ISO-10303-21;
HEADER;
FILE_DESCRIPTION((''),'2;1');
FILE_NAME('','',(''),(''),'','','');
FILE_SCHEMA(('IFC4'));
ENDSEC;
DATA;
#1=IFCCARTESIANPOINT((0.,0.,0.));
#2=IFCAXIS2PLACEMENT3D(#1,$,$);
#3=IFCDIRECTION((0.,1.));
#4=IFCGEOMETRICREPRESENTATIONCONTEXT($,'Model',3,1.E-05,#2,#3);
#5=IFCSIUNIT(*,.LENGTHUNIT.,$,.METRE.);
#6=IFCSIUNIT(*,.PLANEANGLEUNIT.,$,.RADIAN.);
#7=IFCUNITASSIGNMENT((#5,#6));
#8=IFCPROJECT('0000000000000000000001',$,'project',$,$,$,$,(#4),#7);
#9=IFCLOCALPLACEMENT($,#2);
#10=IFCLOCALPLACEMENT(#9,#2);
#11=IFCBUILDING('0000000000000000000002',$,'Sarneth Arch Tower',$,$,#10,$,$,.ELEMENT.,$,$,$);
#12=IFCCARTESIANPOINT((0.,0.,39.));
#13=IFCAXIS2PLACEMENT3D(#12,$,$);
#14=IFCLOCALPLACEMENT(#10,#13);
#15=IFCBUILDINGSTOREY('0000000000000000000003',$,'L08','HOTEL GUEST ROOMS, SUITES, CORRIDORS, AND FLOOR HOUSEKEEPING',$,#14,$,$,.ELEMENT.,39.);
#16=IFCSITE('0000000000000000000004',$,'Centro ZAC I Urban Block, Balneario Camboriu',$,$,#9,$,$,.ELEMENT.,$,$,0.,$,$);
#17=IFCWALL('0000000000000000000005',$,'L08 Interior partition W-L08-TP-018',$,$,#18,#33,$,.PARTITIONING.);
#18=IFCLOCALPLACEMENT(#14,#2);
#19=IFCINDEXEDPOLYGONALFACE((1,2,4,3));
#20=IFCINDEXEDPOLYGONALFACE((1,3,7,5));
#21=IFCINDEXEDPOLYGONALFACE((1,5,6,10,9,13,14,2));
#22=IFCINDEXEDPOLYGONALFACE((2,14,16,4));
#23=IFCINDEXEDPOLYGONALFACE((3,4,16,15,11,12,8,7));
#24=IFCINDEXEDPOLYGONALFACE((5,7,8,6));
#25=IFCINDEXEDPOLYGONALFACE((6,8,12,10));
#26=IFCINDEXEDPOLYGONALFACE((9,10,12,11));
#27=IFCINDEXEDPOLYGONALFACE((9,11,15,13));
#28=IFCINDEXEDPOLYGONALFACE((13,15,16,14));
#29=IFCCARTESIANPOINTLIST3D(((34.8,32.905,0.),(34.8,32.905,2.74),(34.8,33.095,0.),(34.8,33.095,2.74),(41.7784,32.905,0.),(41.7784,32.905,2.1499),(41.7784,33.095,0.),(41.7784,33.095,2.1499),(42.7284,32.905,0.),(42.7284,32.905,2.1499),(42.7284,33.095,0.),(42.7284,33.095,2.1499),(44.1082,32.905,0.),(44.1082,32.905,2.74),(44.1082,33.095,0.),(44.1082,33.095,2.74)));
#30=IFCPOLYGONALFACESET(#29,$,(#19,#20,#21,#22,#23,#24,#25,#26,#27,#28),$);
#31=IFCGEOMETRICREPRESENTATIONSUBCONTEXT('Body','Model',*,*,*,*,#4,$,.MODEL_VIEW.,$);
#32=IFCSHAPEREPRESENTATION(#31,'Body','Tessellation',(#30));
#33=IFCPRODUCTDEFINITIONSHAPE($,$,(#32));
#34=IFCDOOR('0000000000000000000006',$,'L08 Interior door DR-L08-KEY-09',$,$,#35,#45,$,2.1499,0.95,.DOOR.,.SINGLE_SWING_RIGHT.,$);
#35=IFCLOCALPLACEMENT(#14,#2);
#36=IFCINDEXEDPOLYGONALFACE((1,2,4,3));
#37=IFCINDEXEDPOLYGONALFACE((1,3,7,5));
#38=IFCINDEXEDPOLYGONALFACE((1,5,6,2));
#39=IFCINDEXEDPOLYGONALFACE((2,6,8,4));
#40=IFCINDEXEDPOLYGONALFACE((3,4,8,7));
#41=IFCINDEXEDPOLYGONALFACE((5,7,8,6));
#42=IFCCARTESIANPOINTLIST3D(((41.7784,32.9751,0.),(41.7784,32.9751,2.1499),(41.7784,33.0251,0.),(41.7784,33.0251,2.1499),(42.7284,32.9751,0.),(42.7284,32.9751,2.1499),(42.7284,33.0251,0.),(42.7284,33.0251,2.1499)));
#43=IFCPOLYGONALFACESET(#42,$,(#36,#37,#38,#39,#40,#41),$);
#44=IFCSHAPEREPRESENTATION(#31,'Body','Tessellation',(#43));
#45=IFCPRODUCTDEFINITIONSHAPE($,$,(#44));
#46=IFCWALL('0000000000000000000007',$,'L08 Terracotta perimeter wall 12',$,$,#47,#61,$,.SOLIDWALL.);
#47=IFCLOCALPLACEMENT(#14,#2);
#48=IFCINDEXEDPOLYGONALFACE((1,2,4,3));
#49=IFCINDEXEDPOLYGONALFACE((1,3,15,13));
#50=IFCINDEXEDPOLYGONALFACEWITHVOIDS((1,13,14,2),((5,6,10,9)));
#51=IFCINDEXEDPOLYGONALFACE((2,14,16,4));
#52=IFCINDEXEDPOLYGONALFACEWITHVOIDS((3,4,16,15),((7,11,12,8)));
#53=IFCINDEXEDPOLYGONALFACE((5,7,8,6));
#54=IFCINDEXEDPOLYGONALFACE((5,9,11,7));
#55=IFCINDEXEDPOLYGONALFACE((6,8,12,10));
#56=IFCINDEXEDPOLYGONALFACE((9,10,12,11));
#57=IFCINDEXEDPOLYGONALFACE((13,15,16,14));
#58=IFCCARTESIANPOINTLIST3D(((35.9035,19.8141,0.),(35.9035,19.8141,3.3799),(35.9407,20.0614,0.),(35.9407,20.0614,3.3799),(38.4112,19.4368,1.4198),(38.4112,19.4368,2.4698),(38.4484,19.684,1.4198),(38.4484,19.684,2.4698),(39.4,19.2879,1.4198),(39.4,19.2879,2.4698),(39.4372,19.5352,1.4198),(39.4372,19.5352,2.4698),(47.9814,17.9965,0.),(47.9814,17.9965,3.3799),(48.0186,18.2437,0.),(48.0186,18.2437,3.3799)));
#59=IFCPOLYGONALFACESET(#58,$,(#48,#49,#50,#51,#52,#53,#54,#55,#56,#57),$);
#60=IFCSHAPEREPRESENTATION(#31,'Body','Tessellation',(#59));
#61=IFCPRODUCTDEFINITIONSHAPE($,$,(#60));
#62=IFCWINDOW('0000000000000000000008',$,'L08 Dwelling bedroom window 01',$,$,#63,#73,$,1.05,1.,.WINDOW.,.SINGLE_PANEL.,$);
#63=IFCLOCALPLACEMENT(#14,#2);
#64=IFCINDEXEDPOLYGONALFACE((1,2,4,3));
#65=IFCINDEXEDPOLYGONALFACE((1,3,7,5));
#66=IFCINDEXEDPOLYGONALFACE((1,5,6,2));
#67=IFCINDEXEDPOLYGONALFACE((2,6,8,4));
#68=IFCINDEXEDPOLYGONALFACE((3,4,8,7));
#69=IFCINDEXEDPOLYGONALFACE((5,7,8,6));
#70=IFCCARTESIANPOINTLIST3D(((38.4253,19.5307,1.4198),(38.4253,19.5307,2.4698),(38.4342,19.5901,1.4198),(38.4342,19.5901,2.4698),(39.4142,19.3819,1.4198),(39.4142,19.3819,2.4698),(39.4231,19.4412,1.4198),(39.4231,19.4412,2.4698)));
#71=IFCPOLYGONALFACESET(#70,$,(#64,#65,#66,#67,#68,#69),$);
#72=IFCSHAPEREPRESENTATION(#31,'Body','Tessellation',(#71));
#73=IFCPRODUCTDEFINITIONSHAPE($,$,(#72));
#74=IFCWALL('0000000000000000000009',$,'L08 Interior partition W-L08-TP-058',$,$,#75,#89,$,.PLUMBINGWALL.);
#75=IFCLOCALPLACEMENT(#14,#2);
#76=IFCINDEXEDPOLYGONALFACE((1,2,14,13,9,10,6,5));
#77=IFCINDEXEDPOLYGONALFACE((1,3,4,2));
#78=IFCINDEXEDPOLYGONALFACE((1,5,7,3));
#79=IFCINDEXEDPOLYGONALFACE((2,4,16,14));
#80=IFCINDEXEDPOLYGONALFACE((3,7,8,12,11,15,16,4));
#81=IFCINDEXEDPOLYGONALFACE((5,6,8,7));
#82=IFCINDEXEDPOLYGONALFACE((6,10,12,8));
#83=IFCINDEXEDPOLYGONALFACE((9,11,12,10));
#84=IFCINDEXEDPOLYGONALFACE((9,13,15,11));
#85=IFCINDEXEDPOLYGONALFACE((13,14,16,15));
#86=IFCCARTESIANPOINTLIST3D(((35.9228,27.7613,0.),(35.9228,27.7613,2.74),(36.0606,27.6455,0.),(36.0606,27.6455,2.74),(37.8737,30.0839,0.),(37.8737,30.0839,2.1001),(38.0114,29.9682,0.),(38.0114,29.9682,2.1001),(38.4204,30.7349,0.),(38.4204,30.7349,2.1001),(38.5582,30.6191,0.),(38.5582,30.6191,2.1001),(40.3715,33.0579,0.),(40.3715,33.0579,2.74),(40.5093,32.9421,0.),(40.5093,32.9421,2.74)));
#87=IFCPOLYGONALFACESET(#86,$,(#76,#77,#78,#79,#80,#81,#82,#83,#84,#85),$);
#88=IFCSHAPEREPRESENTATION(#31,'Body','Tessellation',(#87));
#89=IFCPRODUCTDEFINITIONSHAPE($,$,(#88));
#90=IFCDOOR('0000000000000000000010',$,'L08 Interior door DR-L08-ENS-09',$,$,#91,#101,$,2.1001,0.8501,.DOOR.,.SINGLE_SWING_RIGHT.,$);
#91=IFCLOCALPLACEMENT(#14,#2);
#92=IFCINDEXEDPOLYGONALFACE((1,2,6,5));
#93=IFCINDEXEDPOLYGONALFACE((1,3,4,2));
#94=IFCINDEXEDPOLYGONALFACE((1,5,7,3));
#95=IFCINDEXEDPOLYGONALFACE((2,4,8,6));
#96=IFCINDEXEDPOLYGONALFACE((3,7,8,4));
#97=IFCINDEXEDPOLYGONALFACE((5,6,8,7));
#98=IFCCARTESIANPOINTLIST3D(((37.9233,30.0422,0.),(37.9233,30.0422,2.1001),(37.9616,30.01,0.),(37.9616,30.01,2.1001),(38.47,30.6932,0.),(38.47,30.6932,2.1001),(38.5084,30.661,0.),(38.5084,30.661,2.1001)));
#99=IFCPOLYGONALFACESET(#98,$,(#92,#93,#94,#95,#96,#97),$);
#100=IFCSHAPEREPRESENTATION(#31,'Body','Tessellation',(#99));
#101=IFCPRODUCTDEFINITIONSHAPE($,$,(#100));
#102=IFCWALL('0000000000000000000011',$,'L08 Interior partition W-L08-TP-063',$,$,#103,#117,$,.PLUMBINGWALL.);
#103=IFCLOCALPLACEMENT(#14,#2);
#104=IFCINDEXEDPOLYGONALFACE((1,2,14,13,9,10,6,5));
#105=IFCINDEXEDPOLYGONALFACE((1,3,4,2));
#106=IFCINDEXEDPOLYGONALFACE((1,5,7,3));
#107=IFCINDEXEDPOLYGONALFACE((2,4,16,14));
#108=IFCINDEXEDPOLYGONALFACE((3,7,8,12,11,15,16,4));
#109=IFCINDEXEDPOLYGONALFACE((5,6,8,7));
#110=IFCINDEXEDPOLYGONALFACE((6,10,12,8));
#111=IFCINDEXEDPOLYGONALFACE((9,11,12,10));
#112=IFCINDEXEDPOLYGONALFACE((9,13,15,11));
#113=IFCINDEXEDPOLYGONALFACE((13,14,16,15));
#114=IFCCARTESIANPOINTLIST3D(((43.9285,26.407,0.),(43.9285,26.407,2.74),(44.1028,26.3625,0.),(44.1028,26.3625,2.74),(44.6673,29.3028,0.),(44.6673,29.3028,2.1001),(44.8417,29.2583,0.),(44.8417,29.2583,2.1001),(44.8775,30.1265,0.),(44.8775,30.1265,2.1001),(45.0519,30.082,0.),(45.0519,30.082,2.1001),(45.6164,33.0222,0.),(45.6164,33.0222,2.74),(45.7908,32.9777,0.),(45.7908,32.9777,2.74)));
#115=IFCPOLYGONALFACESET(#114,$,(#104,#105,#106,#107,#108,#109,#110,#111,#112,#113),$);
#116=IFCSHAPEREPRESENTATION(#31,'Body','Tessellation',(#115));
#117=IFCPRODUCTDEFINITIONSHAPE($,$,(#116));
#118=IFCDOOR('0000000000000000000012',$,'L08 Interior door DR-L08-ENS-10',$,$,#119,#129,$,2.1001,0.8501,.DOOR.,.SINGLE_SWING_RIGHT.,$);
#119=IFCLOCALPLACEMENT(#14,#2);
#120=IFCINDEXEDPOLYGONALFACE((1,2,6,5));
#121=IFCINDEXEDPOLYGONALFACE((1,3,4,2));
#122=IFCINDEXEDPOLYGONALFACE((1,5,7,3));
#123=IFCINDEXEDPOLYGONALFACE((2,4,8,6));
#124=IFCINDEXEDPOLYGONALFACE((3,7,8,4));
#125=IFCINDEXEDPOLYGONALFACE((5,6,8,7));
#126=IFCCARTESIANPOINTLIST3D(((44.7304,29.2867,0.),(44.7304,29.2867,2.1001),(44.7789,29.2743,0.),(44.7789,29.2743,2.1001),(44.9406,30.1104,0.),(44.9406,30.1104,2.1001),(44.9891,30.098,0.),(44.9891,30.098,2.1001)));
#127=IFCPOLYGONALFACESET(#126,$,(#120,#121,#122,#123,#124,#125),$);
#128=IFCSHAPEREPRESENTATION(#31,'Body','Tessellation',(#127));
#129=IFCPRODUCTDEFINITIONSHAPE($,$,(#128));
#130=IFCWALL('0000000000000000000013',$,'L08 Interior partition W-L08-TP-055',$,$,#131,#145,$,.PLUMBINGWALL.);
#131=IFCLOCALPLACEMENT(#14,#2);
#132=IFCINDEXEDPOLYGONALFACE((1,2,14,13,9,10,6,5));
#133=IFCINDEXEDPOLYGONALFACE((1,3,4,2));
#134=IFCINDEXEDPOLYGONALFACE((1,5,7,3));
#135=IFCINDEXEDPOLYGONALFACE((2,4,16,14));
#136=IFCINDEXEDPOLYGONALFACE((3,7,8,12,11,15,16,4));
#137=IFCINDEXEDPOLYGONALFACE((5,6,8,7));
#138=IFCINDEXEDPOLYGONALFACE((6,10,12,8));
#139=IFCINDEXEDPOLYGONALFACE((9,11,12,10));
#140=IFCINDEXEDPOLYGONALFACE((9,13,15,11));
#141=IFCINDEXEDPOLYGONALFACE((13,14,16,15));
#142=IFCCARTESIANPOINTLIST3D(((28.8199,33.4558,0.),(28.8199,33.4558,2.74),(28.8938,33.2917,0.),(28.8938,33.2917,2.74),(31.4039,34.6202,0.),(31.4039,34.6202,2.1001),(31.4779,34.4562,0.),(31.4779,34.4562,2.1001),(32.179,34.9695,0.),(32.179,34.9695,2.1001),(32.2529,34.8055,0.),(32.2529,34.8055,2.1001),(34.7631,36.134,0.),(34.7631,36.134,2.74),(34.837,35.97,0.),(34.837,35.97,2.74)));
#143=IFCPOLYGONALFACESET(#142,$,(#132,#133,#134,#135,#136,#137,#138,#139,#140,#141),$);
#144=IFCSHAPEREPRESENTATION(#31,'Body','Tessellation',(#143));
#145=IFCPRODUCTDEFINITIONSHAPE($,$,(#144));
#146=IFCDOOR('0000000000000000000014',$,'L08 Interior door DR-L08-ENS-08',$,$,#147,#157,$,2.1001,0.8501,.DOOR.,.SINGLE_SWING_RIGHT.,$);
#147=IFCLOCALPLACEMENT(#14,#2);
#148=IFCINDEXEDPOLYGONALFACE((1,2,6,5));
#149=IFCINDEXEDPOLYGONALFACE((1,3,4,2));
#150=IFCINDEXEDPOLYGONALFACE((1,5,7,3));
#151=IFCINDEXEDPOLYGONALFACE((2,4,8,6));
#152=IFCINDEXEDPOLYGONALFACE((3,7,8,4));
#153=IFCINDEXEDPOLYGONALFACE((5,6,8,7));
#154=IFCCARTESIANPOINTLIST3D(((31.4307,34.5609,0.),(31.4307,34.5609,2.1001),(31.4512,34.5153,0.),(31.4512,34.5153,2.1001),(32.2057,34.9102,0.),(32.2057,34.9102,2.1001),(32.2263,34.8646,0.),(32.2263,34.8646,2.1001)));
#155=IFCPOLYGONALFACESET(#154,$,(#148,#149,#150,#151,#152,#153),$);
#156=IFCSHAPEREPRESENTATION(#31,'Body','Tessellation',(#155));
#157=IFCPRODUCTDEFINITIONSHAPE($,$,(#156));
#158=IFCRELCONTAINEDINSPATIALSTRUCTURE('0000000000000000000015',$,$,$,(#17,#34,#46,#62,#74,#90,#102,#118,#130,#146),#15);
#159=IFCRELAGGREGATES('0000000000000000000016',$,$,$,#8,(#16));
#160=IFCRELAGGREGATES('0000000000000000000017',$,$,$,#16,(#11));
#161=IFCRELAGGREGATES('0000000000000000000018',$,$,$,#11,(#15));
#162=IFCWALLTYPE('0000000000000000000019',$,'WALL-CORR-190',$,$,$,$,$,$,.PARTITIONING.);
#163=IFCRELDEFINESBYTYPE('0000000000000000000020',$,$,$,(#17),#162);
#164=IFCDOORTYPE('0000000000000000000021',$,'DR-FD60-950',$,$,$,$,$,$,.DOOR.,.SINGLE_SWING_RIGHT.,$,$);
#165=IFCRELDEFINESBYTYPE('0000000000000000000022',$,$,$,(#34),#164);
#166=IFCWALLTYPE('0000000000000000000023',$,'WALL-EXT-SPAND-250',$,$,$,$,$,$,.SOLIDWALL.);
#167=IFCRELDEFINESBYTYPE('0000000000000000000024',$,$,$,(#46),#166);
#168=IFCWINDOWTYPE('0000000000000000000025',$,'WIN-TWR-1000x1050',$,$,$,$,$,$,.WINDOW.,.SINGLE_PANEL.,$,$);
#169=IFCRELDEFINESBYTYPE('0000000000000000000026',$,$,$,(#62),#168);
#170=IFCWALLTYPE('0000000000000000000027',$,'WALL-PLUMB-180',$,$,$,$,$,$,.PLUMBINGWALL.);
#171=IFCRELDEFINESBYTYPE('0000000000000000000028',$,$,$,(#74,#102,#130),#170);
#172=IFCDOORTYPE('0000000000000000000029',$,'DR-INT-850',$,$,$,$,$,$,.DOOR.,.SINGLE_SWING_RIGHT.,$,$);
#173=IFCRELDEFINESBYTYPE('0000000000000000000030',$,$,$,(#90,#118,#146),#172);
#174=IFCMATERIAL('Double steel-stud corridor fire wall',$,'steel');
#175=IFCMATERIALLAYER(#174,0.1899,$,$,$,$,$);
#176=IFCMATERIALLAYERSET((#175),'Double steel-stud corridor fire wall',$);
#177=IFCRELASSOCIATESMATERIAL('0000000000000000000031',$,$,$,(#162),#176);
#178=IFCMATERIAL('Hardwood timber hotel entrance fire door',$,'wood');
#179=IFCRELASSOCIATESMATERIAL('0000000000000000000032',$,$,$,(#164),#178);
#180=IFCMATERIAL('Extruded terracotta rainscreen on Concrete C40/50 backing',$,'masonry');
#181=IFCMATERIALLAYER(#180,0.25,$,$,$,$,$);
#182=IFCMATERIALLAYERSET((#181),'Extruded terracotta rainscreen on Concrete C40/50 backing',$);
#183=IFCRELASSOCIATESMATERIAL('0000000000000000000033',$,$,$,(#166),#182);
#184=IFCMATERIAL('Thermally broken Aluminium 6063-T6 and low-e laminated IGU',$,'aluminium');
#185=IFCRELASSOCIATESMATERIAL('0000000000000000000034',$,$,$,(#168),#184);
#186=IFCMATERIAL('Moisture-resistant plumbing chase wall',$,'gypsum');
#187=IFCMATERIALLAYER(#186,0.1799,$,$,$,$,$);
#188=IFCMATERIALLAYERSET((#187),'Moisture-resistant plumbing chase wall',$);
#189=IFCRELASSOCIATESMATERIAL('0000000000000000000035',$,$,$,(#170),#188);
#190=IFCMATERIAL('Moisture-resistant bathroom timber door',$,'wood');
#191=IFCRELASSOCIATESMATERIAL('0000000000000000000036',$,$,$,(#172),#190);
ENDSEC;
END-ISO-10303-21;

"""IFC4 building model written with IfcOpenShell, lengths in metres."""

from ifc_helpers import new_model, si_unit, direction, frame, frame_2d, origin, place, context, subcontext, project, spatial, rectangle, extrude, material, layer, layer_set, type_object, element, fill, save


model = new_model("IFC4")

# Units and contexts
model_context = context("Model", 3, precision=1e-05, world=origin(), true_north=direction((0.0, 1.0)))
body_context = subcontext(model_context, "Body", "Model", "MODEL_VIEW")
ifc_project = project(units=[si_unit("LENGTHUNIT", "METRE"), si_unit("PLANEANGLEUNIT", "RADIAN")], contexts=[model_context])

# Site, building, storey
site_placement = place(None, origin())
site = spatial("IfcSite", under=ifc_project, at=site_placement, Name="Centro ZAC I Urban Block, Balneario Camboriu", CompositionType="ELEMENT", RefElevation=0.0)
building_placement = place(site_placement, origin())
building = spatial("IfcBuilding", under=site, at=building_placement, Name="Sarneth Arch Tower", CompositionType="ELEMENT")
storey_placement = place(building_placement, frame((0.0, 0.0, 39.0)))
storey = spatial("IfcBuildingStorey", under=building, at=storey_placement, Name="L08", Description="HOTEL GUEST ROOMS, SUITES, CORRIDORS, AND FLOOR HOUSEKEEPING", CompositionType="ELEMENT", Elevation=39.0)

# Wall, opening, door
ifc_material_1 = material(Name="Double steel-stud corridor fire wall", Category="steel")
ifc_layer_1 = layer(ifc_material_1, 0.1899)
ifc_layer_set_1 = layer_set([ifc_layer_1], Name="Double steel-stud corridor fire wall")
wall_type_1 = type_object("IfcWallType", Name="WALL-CORR-190", PredefinedType="PARTITIONING", material=ifc_layer_set_1)
wall_1_placement = place(storey_placement, frame((44.1082, 33.0, 0.0), z_axis=(0.0, 0.0, 1.0), x_axis=(-1.0, 0.0, 0.0)))
wall_1 = element("IfcWall", 1, at=wall_1_placement, inside=storey, type_object=wall_type_1, Name="L08 Interior partition W-L08-TP-018", PredefinedType="PARTITIONING", context=body_context, shape_type="SweptSolid", body=[
    extrude(rectangle(XDim=9.3081, YDim=0.1899, at=frame_2d((4.6541, 0.0))), origin(), (0.0, 0.0, 1.0), 2.74),
])
opening_1_placement = place(wall_1_placement, frame((1.3796, 0.0, 0.0)))
opening_1 = element("IfcOpeningElement", 2, at=opening_1_placement, cuts=wall_1, PredefinedType="OPENING", context=body_context, shape_type="SweptSolid", body=[
    extrude(rectangle(XDim=0.95, YDim=2.1499, at=frame_2d((0.4751, 1.075))), frame((0.0, 0.105, 0.0), z_axis=(0.0, -1.0, 0.0), x_axis=(1.0, 0.0, 0.0)), (0.0, 0.0, 1.0), 0.21),
])
ifc_material_2 = material(Name="Hardwood timber hotel entrance fire door", Category="wood")
door_type_1 = type_object("IfcDoorType", Name="DR-FD60-950", OperationType="SINGLE_SWING_RIGHT", PredefinedType="DOOR", material=ifc_material_2)
door_1_placement = place(opening_1_placement, origin())
door_1 = element("IfcDoor", 3, at=door_1_placement, inside=storey, type_object=door_type_1, Name="L08 Interior door DR-L08-KEY-09", OperationType="SINGLE_SWING_RIGHT", OverallHeight=2.1499, OverallWidth=0.95, PredefinedType="DOOR", context=body_context, shape_type="SweptSolid", body=[
    extrude(rectangle(XDim=0.95, YDim=2.1499, at=frame_2d((0.4751, 1.075))), frame((0.0, 0.0249, 0.0), z_axis=(0.0, -1.0, 0.0), x_axis=(1.0, 0.0, 0.0)), (0.0, 0.0, 1.0), 0.05),
])
fill(opening_1, door_1)

# Wall, opening, window
ifc_material_3 = material(Name="Extruded terracotta rainscreen on Concrete C40/50 backing", Category="masonry")
ifc_layer_2 = layer(ifc_material_3, 0.25)
ifc_layer_set_2 = layer_set([ifc_layer_2], Name="Extruded terracotta rainscreen on Concrete C40/50 backing")
wall_type_2 = type_object("IfcWallType", Name="WALL-EXT-SPAND-250", PredefinedType="SOLIDWALL", material=ifc_layer_set_2)
wall_2_placement = place(storey_placement, frame((35.9221, 19.9377, 0.0), z_axis=(0.0, 0.0, 1.0), x_axis=(0.988865, -0.148816, 0.0)))
wall_2 = element("IfcWall", 4, at=wall_2_placement, inside=storey, type_object=wall_type_2, Name="L08 Terracotta perimeter wall 12", PredefinedType="SOLIDWALL", context=body_context, shape_type="SweptSolid", body=[
    extrude(rectangle(XDim=12.2139, YDim=0.25, at=frame_2d((6.1069, 0.0))), origin(), (0.0, 0.0, 1.0), 3.3799),
])
opening_2_placement = place(wall_2_placement, frame((2.5359, 0.0, 1.4199)))
opening_2 = element("IfcOpeningElement", 5, at=opening_2_placement, cuts=wall_2, PredefinedType="OPENING", context=body_context, shape_type="SweptSolid", body=[
    extrude(rectangle(XDim=1.0, YDim=1.05, at=frame_2d((0.5, 0.5249))), frame((0.0, 0.135, 0.0), z_axis=(0.0, -1.0, 0.0), x_axis=(1.0, 0.0, 0.0)), (0.0, 0.0, 1.0), 0.27),
])
ifc_material_4 = material(Name="Thermally broken Aluminium 6063-T6 and low-e laminated IGU", Category="aluminium")
window_type = type_object("IfcWindowType", Name="WIN-TWR-1000x1050", PartitioningType="SINGLE_PANEL", PredefinedType="WINDOW", material=ifc_material_4)
window_placement = place(opening_2_placement, origin())
window = element("IfcWindow", 6, at=window_placement, inside=storey, type_object=window_type, Name="L08 Dwelling bedroom window 01", OverallHeight=1.05, OverallWidth=1.0, PartitioningType="SINGLE_PANEL", PredefinedType="WINDOW", context=body_context, shape_type="SweptSolid", body=[
    extrude(rectangle(XDim=1.0, YDim=1.05, at=frame_2d((0.5, 0.5249))), frame((0.0, 0.03, 0.0), z_axis=(0.0, -1.0, 0.0), x_axis=(1.0, 0.0, 0.0)), (0.0, 0.0, 1.0), 0.0601),
])
fill(opening_2, window)

# Walls, openings, doors
ifc_material_5 = material(Name="Moisture-resistant plumbing chase wall", Category="gypsum")
ifc_layer_3 = layer(ifc_material_5, 0.1799)
ifc_layer_set_3 = layer_set([ifc_layer_3], Name="Moisture-resistant plumbing chase wall")
wall_type_3 = type_object("IfcWallType", Name="WALL-PLUMB-180", PredefinedType="PLUMBINGWALL", material=ifc_layer_set_3)
wall_3_placement = place(storey_placement, frame((40.4404, 33.0, 0.0), z_axis=(0.0, 0.0, 1.0), x_axis=(-0.643155, -0.765736, 0.0)))
wall_3 = element("IfcWall", 7, at=wall_3_placement, inside=storey, type_object=wall_type_3, Name="L08 Interior partition W-L08-TP-058", PredefinedType="PLUMBINGWALL", context=body_context, shape_type="SweptSolid", body=[
    extrude(rectangle(XDim=6.917, YDim=0.1799, at=frame_2d((3.4585, 0.0))), origin(), (0.0, 0.0, 1.0), 2.74),
])
opening_3_placement = place(wall_3_placement, frame((3.0337, 0.0, 0.0)))
opening_3 = element("IfcOpeningElement", 8, at=opening_3_placement, cuts=wall_3, PredefinedType="OPENING", context=body_context, shape_type="SweptSolid", body=[
    extrude(rectangle(XDim=0.8501, YDim=2.1001, at=frame_2d((0.425, 1.05))), frame((0.0, 0.0999, 0.0), z_axis=(0.0, -1.0, 0.0), x_axis=(1.0, 0.0, 0.0)), (0.0, 0.0, 1.0), 0.2),
])
ifc_material_6 = material(Name="Moisture-resistant bathroom timber door", Category="wood")
door_type_2 = type_object("IfcDoorType", Name="DR-INT-850", OperationType="SINGLE_SWING_RIGHT", PredefinedType="DOOR", material=ifc_material_6)
door_2_placement = place(opening_3_placement, origin())
door_2 = element("IfcDoor", 9, at=door_2_placement, inside=storey, type_object=door_type_2, Name="L08 Interior door DR-L08-ENS-09", OperationType="SINGLE_SWING_RIGHT", OverallHeight=2.1001, OverallWidth=0.8501, PredefinedType="DOOR", context=body_context, shape_type="SweptSolid", body=[
    extrude(rectangle(XDim=0.8501, YDim=2.1001, at=frame_2d((0.425, 1.05))), frame((0.0, 0.0249, 0.0), z_axis=(0.0, -1.0, 0.0), x_axis=(1.0, 0.0, 0.0)), (0.0, 0.0, 1.0), 0.05),
])
fill(opening_3, door_2)
wall_4_placement = place(storey_placement, frame((44.0156, 26.3848, 0.0), z_axis=(0.0, 0.0, 1.0), x_axis=(0.247245, 0.968953, 0.0)))
wall_4 = element("IfcWall", 10, at=wall_4_placement, inside=storey, type_object=wall_type_3, Name="L08 Interior partition W-L08-TP-063", PredefinedType="PLUMBINGWALL", context=body_context, shape_type="SweptSolid", body=[
    extrude(rectangle(XDim=6.8271, YDim=0.1799, at=frame_2d((3.4136, 0.0))), origin(), (0.0, 0.0, 1.0), 2.74),
])
opening_4_placement = place(wall_4_placement, frame((2.9885, 0.0, 0.0)))
opening_4 = element("IfcOpeningElement", 11, at=opening_4_placement, cuts=wall_4, PredefinedType="OPENING", context=body_context, shape_type="SweptSolid", body=[
    extrude(rectangle(XDim=0.8501, YDim=2.1001, at=frame_2d((0.425, 1.05))), frame((0.0, 0.0999, 0.0), z_axis=(0.0, -1.0, 0.0), x_axis=(1.0, 0.0, 0.0)), (0.0, 0.0, 1.0), 0.2),
])
door_3_placement = place(opening_4_placement, origin())
door_3 = element("IfcDoor", 12, at=door_3_placement, inside=storey, type_object=door_type_2, Name="L08 Interior door DR-L08-ENS-10", OperationType="SINGLE_SWING_RIGHT", OverallHeight=2.1001, OverallWidth=0.8501, PredefinedType="DOOR", context=body_context, shape_type="SweptSolid", body=[
    extrude(rectangle(XDim=0.8501, YDim=2.1001, at=frame_2d((0.425, 1.05))), frame((0.0, 0.0249, 0.0), z_axis=(0.0, -1.0, 0.0), x_axis=(1.0, 0.0, 0.0)), (0.0, 0.0, 1.0), 0.05),
])
fill(opening_4, door_3)
wall_5_placement = place(storey_placement, frame((28.8569, 33.3738, 0.0), z_axis=(0.0, 0.0, 1.0), x_axis=(0.911702, 0.410852, 0.0)))
wall_5 = element("IfcWall", 13, at=wall_5_placement, inside=storey, type_object=wall_type_3, Name="L08 Interior partition W-L08-TP-055", PredefinedType="PLUMBINGWALL", context=body_context, shape_type="SweptSolid", body=[
    extrude(rectangle(XDim=6.5188, YDim=0.1799, at=frame_2d((3.2593, 0.0))), origin(), (0.0, 0.0, 1.0), 2.74),
])
opening_5_placement = place(wall_5_placement, frame((2.8342, 0.0, 0.0)))
opening_5 = element("IfcOpeningElement", 14, at=opening_5_placement, cuts=wall_5, PredefinedType="OPENING", context=body_context, shape_type="SweptSolid", body=[
    extrude(rectangle(XDim=0.8501, YDim=2.1001, at=frame_2d((0.425, 1.05))), frame((0.0, 0.0999, 0.0), z_axis=(0.0, -1.0, 0.0), x_axis=(1.0, 0.0, 0.0)), (0.0, 0.0, 1.0), 0.2),
])
door_4_placement = place(opening_5_placement, origin())
door_4 = element("IfcDoor", 15, at=door_4_placement, inside=storey, type_object=door_type_2, Name="L08 Interior door DR-L08-ENS-08", OperationType="SINGLE_SWING_RIGHT", OverallHeight=2.1001, OverallWidth=0.8501, PredefinedType="DOOR", context=body_context, shape_type="SweptSolid", body=[
    extrude(rectangle(XDim=0.8501, YDim=2.1001, at=frame_2d((0.425, 1.05))), frame((0.0, 0.0249, 0.0), z_axis=(0.0, -1.0, 0.0), x_axis=(1.0, 0.0, 0.0)), (0.0, 0.0, 1.0), 0.05),
])
fill(opening_5, door_4)

save(model, "model.ifc")
